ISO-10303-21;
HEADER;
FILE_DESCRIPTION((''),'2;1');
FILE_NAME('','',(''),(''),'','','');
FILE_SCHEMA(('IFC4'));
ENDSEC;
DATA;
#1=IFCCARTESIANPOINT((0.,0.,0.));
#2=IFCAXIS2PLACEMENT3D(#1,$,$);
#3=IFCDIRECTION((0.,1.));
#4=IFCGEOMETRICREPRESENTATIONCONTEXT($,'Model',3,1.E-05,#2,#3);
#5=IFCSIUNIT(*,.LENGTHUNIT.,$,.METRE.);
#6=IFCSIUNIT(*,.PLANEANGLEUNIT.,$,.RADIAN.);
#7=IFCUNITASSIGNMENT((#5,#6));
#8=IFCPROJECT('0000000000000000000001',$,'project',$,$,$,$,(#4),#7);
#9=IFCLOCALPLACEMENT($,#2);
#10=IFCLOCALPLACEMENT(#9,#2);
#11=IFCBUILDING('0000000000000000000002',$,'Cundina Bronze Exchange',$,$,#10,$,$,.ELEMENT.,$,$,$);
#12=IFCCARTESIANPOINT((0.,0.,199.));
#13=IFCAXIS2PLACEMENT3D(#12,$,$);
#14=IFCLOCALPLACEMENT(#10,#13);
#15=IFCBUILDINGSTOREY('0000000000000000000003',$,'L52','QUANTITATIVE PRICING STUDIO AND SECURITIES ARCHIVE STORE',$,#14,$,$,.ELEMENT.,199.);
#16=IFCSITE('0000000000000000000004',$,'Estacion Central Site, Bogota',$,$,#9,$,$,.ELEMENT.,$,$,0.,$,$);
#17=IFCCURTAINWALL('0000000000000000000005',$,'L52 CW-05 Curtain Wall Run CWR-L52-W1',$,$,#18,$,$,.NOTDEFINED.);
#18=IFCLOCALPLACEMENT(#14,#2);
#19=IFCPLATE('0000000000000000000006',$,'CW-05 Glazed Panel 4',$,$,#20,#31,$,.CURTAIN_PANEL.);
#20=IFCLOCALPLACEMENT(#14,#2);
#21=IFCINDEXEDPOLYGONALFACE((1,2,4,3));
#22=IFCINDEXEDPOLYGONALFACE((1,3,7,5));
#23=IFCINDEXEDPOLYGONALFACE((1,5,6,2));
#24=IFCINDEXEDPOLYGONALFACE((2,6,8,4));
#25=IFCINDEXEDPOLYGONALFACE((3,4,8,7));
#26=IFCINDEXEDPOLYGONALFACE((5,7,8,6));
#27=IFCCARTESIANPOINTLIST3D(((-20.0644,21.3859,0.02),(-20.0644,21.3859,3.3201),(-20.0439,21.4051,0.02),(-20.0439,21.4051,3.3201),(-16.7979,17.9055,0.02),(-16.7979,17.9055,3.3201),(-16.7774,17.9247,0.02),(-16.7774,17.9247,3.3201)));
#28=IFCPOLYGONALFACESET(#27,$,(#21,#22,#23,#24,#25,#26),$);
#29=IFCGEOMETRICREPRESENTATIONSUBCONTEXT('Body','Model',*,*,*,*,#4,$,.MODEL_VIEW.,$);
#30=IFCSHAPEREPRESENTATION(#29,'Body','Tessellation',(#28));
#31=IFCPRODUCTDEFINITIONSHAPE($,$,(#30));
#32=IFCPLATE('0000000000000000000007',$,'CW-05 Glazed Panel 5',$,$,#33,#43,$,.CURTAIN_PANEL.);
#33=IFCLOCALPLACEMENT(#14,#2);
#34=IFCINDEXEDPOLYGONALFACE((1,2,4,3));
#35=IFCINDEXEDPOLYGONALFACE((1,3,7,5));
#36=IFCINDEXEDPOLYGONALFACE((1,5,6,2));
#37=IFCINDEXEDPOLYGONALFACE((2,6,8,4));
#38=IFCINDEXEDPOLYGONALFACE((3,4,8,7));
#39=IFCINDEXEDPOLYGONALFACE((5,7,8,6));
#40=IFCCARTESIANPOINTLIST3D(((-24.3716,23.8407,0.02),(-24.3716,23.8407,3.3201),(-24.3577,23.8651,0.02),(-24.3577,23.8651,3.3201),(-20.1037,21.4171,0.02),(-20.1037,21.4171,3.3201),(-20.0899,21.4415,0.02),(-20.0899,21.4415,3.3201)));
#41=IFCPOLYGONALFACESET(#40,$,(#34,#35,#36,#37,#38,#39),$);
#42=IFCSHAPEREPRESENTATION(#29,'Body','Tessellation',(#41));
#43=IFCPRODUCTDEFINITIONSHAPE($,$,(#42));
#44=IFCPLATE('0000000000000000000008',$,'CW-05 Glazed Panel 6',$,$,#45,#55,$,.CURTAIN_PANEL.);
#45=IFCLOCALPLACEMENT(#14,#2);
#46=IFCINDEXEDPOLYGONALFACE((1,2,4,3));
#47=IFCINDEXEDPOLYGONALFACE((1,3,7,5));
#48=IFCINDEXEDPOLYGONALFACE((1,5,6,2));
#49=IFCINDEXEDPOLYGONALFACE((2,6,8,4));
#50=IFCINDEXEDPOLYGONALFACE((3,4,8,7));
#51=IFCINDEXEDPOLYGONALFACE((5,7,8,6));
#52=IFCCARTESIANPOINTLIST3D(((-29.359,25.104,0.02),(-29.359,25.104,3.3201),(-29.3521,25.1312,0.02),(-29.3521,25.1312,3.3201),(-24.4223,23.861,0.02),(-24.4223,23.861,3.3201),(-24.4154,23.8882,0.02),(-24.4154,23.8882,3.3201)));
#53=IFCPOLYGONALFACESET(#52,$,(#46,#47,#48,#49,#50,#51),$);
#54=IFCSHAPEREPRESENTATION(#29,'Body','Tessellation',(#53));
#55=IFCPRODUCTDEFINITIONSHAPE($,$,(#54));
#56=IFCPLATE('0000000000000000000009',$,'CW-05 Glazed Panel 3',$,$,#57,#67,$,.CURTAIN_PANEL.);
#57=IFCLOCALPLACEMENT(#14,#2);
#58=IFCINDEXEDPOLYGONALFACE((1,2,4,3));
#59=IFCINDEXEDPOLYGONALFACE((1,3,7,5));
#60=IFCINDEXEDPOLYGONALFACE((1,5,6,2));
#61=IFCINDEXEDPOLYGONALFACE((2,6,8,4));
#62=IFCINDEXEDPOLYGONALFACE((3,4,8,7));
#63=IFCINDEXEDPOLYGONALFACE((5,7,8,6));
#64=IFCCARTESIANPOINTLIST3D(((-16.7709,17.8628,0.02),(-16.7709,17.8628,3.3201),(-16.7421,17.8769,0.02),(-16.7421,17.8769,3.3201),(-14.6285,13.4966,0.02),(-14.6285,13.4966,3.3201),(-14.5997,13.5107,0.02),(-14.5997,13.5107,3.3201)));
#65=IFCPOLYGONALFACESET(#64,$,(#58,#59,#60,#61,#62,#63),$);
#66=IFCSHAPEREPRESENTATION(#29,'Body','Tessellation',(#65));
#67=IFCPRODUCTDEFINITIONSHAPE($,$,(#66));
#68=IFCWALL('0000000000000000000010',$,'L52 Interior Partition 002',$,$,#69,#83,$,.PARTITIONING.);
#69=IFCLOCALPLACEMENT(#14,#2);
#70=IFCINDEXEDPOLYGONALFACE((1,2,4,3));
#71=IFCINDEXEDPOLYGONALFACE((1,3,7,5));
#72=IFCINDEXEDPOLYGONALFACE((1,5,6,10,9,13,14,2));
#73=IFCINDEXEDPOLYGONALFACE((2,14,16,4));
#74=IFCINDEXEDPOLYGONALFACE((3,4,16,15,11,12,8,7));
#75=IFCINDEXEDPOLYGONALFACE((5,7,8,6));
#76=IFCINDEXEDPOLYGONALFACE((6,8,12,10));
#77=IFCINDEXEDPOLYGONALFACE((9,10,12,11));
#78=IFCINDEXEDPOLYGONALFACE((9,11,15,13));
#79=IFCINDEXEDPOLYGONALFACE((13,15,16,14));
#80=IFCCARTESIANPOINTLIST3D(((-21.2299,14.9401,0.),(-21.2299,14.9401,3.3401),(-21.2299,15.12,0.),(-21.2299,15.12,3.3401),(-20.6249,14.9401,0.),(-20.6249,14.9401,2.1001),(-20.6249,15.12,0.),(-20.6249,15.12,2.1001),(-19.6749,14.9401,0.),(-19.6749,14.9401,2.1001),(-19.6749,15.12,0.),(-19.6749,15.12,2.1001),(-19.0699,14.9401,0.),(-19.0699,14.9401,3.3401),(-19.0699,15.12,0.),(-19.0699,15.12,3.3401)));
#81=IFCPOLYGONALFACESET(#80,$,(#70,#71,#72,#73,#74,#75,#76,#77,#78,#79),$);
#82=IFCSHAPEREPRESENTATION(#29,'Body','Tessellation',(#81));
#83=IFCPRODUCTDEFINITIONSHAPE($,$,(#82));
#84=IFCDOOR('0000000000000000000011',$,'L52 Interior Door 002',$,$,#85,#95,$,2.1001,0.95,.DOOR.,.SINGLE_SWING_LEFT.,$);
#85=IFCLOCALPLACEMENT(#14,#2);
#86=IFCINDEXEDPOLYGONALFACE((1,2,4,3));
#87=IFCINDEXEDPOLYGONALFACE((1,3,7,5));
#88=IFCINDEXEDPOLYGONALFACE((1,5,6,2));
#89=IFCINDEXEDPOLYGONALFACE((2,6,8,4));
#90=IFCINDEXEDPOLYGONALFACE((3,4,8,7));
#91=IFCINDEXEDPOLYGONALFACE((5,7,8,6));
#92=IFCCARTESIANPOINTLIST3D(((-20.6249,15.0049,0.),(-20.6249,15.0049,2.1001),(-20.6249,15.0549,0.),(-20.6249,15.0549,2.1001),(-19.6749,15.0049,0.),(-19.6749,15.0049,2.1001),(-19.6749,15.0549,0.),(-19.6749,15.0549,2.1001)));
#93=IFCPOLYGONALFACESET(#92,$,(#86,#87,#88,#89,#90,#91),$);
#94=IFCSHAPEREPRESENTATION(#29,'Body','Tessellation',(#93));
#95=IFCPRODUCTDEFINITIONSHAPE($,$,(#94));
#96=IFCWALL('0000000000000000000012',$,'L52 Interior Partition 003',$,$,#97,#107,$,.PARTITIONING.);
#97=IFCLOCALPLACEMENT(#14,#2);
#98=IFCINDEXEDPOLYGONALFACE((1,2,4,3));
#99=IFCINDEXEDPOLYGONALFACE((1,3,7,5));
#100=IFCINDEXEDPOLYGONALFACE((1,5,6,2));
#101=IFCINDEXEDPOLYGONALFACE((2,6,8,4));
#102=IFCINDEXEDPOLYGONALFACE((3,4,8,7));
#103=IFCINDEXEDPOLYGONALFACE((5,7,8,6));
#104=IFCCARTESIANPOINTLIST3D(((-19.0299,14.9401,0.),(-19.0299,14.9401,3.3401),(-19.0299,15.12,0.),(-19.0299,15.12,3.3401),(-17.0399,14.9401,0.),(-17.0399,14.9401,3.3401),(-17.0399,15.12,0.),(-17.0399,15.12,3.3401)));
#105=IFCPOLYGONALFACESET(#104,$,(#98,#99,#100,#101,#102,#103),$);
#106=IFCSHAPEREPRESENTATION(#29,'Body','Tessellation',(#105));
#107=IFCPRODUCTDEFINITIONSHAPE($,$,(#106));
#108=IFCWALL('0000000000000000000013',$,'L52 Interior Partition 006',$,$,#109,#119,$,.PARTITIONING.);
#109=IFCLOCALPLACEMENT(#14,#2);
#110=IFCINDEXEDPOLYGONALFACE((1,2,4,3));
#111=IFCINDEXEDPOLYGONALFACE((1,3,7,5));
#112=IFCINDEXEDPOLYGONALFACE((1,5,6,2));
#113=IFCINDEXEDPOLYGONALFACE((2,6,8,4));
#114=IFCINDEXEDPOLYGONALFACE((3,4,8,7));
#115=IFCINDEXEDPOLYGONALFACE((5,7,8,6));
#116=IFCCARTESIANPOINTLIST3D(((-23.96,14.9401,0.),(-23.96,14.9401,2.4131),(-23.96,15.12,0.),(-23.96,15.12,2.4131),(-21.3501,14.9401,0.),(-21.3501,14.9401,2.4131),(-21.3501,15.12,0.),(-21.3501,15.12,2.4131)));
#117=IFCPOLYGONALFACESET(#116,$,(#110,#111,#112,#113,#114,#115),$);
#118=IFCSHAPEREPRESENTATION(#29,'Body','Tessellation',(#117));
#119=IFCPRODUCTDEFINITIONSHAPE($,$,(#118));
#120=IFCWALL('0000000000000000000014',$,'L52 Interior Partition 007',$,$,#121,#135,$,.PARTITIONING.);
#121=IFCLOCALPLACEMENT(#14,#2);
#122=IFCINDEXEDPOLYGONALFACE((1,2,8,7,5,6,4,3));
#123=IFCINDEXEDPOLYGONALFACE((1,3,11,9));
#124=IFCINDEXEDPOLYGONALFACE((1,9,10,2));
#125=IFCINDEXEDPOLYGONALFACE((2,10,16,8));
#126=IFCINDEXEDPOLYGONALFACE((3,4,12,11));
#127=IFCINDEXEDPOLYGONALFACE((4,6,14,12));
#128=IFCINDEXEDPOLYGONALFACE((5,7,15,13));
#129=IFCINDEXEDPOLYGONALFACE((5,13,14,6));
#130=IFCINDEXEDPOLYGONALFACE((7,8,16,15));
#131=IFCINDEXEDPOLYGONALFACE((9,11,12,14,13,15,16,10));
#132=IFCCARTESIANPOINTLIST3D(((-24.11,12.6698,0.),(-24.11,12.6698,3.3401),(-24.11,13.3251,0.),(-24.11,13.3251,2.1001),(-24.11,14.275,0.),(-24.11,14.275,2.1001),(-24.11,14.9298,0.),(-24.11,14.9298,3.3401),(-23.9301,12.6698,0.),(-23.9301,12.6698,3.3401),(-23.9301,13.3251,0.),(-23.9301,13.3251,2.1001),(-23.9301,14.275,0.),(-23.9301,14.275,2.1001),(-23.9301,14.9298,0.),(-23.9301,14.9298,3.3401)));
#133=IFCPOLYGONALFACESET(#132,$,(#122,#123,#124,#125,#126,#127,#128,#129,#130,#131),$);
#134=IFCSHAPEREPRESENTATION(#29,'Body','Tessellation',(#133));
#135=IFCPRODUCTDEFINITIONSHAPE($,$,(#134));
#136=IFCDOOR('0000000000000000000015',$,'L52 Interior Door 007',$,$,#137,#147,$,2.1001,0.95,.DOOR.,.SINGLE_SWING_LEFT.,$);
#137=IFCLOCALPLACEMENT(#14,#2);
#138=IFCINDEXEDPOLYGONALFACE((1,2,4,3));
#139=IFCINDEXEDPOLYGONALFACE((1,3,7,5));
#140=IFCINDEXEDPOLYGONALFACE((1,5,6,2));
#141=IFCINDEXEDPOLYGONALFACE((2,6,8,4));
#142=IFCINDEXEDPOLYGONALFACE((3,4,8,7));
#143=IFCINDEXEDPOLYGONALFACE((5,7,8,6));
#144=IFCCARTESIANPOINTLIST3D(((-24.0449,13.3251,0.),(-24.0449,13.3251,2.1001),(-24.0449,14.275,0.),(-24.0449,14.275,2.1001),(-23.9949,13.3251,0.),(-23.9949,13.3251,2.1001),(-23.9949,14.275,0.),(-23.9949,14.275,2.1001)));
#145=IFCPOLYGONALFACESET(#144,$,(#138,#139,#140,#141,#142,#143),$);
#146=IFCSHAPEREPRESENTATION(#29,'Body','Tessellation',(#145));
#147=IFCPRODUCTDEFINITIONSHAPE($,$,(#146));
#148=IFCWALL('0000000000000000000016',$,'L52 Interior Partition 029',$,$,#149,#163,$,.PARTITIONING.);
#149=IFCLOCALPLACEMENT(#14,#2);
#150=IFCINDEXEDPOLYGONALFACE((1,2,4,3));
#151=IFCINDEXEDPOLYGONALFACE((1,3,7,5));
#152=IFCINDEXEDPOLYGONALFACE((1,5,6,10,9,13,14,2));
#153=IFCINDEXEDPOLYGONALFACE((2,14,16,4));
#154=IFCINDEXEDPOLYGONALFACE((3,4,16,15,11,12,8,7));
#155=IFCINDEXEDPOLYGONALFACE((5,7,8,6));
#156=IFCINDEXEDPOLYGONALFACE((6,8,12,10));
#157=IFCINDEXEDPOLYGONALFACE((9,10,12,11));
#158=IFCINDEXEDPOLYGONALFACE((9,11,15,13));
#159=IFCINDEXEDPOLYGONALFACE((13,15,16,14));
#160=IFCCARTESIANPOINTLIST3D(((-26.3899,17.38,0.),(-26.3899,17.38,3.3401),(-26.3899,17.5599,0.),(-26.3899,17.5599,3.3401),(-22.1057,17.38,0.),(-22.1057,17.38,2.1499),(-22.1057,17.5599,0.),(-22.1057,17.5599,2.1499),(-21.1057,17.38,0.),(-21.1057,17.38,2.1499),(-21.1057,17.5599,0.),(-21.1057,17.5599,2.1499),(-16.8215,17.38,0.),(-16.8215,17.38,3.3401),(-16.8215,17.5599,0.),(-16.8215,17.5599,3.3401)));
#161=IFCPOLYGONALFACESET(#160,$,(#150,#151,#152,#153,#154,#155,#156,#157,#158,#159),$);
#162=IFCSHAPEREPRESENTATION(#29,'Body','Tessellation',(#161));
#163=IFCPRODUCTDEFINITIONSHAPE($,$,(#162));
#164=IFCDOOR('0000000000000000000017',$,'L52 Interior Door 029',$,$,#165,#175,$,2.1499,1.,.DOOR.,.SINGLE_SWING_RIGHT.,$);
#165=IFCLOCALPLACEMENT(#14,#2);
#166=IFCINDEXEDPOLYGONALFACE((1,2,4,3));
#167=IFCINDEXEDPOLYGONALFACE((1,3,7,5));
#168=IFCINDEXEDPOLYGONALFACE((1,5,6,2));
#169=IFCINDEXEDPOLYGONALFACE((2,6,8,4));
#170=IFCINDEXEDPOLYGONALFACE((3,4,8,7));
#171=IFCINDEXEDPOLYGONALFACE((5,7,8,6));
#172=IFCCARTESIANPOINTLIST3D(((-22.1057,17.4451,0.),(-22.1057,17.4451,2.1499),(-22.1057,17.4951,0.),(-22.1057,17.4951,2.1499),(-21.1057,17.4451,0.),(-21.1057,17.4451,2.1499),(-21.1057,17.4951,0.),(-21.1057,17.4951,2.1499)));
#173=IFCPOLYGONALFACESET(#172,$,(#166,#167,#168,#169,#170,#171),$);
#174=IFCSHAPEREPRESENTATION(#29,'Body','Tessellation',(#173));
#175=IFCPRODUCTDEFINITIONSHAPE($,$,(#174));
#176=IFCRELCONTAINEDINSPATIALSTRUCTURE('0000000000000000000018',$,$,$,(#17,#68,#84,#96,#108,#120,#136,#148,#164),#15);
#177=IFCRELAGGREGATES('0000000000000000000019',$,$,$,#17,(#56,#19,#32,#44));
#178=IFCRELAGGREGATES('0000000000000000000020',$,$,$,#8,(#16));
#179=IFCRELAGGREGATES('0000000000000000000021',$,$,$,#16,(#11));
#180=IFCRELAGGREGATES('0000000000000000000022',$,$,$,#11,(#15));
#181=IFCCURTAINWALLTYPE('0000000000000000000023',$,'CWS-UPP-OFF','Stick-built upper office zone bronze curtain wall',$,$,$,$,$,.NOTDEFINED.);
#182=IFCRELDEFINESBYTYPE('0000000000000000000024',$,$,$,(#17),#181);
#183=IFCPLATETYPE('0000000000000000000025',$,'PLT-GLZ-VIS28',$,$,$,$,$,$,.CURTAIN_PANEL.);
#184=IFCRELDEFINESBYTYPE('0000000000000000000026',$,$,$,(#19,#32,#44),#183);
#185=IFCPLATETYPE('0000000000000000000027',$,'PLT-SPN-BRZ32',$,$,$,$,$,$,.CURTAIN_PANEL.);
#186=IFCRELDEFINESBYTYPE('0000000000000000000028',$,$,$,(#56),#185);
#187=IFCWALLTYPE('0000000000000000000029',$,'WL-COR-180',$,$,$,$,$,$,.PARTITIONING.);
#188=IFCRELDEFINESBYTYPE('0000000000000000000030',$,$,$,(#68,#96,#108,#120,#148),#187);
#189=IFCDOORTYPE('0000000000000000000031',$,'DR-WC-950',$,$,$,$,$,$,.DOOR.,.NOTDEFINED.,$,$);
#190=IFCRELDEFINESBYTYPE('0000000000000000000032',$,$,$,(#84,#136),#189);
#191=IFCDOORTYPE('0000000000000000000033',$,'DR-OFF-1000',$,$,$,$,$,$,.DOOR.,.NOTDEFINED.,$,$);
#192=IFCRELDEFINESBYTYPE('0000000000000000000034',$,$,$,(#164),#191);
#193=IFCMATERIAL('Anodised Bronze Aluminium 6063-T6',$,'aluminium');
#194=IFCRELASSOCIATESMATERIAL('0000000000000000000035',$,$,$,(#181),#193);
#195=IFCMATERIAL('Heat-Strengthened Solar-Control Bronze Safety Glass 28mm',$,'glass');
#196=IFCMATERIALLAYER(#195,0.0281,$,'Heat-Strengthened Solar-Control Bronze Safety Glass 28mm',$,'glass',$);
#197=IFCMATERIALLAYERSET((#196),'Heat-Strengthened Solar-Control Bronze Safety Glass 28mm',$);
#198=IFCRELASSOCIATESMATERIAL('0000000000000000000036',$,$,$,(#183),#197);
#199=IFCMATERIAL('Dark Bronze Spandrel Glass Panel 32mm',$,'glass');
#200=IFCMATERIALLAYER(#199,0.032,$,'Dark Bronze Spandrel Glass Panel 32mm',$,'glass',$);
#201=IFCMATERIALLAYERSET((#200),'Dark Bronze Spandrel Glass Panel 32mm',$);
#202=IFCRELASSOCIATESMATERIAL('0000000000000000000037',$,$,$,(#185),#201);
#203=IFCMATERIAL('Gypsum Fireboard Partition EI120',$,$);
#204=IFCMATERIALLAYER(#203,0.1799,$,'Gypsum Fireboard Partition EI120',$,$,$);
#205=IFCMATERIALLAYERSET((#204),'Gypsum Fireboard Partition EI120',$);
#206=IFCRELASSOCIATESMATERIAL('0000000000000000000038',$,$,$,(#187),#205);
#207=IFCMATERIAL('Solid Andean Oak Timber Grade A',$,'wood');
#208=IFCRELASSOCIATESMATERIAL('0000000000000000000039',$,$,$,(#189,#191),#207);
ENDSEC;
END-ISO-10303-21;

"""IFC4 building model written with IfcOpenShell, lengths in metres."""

from ifc_helpers import new_model, si_unit, direction, frame, frame_2d, origin, origin_2d, place, context, subcontext, project, spatial, rectangle, extrude, material, layer, layer_set, type_object, element, fill, aggregate, save


model = new_model("IFC4")

# Units and contexts
model_context = context("Model", 3, precision=1e-05, world=origin(), true_north=direction((0.0, 1.0)))
body_context = subcontext(model_context, "Body", "Model", "MODEL_VIEW")
ifc_project = project(units=[si_unit("LENGTHUNIT", "METRE"), si_unit("PLANEANGLEUNIT", "RADIAN")], contexts=[model_context])

# Site, building, storey
site_placement = place(None, origin())
site = spatial("IfcSite", under=ifc_project, at=site_placement, Name="Estacion Central Site, Bogota", CompositionType="ELEMENT", RefElevation=0.0)
building_placement = place(site_placement, origin())
building = spatial("IfcBuilding", under=site, at=building_placement, Name="Cundina Bronze Exchange", CompositionType="ELEMENT")
storey_placement = place(building_placement, frame((0.0, 0.0, 199.0)))
storey = spatial("IfcBuildingStorey", under=building, at=storey_placement, Name="L52", Description="QUANTITATIVE PRICING STUDIO AND SECURITIES ARCHIVE STORE", CompositionType="ELEMENT", Elevation=199.0)

# Curtain wall, plates
ifc_material_1 = material(Name="Anodised Bronze Aluminium 6063-T6", Category="aluminium")
curtain_wall_type = type_object("IfcCurtainWallType", Name="CWS-UPP-OFF", Description="Stick-built upper office zone bronze curtain wall", PredefinedType="NOTDEFINED", material=ifc_material_1)
curtain_wall_placement = place(storey_placement, origin())
curtain_wall = element("IfcCurtainWall", 1, at=curtain_wall_placement, inside=storey, type_object=curtain_wall_type, Name="L52 CW-05 Curtain Wall Run CWR-L52-W1", PredefinedType="NOTDEFINED")
ifc_material_2 = material(Name="Heat-Strengthened Solar-Control Bronze Safety Glass 28mm", Category="glass")
ifc_layer_1 = layer(ifc_material_2, 0.0281, Name="Heat-Strengthened Solar-Control Bronze Safety Glass 28mm", Category="glass")
ifc_layer_set_1 = layer_set([ifc_layer_1], Name="Heat-Strengthened Solar-Control Bronze Safety Glass 28mm")
plate_type_1 = type_object("IfcPlateType", Name="PLT-GLZ-VIS28", PredefinedType="CURTAIN_PANEL", material=ifc_layer_set_1)
plate_1_placement = place(storey_placement, frame((-18.4209, 19.6553, 0.02), z_axis=(0.0, 0.0, 1.0), x_axis=(-0.684344, 0.72916, 0.0)))
plate_1 = element("IfcPlate", 2, at=plate_1_placement, type_object=plate_type_1, Name="CW-05 Glazed Panel 4", PredefinedType="CURTAIN_PANEL", context=body_context, shape_type="SweptSolid", body=[
    extrude(rectangle(XDim=4.7732, YDim=0.0281, at=origin_2d()), origin(), (0.0, 0.0, 1.0), 3.3),
])
plate_2_placement = place(storey_placement, frame((-22.2307, 22.6411, 0.02), z_axis=(0.0, 0.0, 1.0), x_axis=(-0.869573, 0.493805, 0.0)))
plate_2 = element("IfcPlate", 3, at=plate_2_placement, type_object=plate_type_1, Name="CW-05 Glazed Panel 5", PredefinedType="CURTAIN_PANEL", context=body_context, shape_type="SweptSolid", body=[
    extrude(rectangle(XDim=4.908, YDim=0.0281, at=origin_2d()), origin(), (0.0, 0.0, 1.0), 3.3),
])
plate_3_placement = place(storey_placement, frame((-26.8872, 24.4961, 0.02), z_axis=(0.0, 0.0, 1.0), x_axis=(-0.969732, 0.244174, 0.0)))
plate_3 = element("IfcPlate", 4, at=plate_3_placement, type_object=plate_type_1, Name="CW-05 Glazed Panel 6", PredefinedType="CURTAIN_PANEL", context=body_context, shape_type="SweptSolid", body=[
    extrude(rectangle(XDim=5.0908, YDim=0.0281, at=origin_2d()), origin(), (0.0, 0.0, 1.0), 3.3),
])
ifc_material_3 = material(Name="Dark Bronze Spandrel Glass Panel 32mm", Category="glass")
ifc_layer_2 = layer(ifc_material_3, 0.032, Name="Dark Bronze Spandrel Glass Panel 32mm", Category="glass")
ifc_layer_set_2 = layer_set([ifc_layer_2], Name="Dark Bronze Spandrel Glass Panel 32mm")
plate_type_2 = type_object("IfcPlateType", Name="PLT-SPN-BRZ32", PredefinedType="CURTAIN_PANEL", material=ifc_layer_set_2)
plate_4_placement = place(storey_placement, frame((-15.6853, 15.6868, 0.02), z_axis=(0.0, 0.0, 1.0), x_axis=(-0.440503, 0.897751, 0.0)))
plate_4 = element("IfcPlate", 5, at=plate_4_placement, type_object=plate_type_2, Name="CW-05 Glazed Panel 3", PredefinedType="CURTAIN_PANEL", context=body_context, shape_type="SweptSolid", body=[
    extrude(rectangle(XDim=4.8635, YDim=0.032, at=origin_2d()), origin(), (0.0, 0.0, 1.0), 3.3),
])
aggregate(curtain_wall, [plate_4, plate_1, plate_2, plate_3])

# Wall, opening, door
ifc_material_4 = material(Name="Gypsum Fireboard Partition EI120")
ifc_layer_3 = layer(ifc_material_4, 0.1799, Name="Gypsum Fireboard Partition EI120")
ifc_layer_set_3 = layer_set([ifc_layer_3], Name="Gypsum Fireboard Partition EI120")
wall_type_1 = type_object("IfcWallType", Name="WL-COR-180", PredefinedType="PARTITIONING", material=ifc_layer_set_3)
wall_1_placement = place(storey_placement, frame((-21.23, 15.03, 0.0), z_axis=(0.0, 0.0, 1.0), x_axis=(1.0, 0.0, 0.0)))
wall_1 = element("IfcWall", 6, at=wall_1_placement, inside=storey, type_object=wall_type_1, Name="L52 Interior Partition 002", PredefinedType="PARTITIONING", context=body_context, shape_type="SweptSolid", body=[
    extrude(rectangle(XDim=2.1599, YDim=0.1799, at=frame_2d((1.0801, 0.0))), origin(), (0.0, 0.0, 1.0), 3.3401),
])
opening_1_placement = place(wall_1_placement, frame((0.605, 0.0, 0.0)))
opening_1 = element("IfcOpeningElement", 7, at=opening_1_placement, cuts=wall_1, PredefinedType="OPENING", context=body_context, shape_type="SweptSolid", body=[
    extrude(rectangle(XDim=0.95, YDim=2.1001, at=frame_2d((0.4751, 1.05))), frame((0.0, 0.0999, 0.0), z_axis=(0.0, -1.0, 0.0), x_axis=(1.0, 0.0, 0.0)), (0.0, 0.0, 1.0), 0.2),
])
ifc_material_5 = material(Name="Solid Andean Oak Timber Grade A", Category="wood")
door_type_1 = type_object("IfcDoorType", Name="DR-WC-950", OperationType="NOTDEFINED", PredefinedType="DOOR", material=ifc_material_5)
door_1_placement = place(opening_1_placement, origin())
door_1 = element("IfcDoor", 8, at=door_1_placement, inside=storey, type_object=door_type_1, Name="L52 Interior Door 002", OperationType="SINGLE_SWING_LEFT", OverallHeight=2.1001, OverallWidth=0.95, PredefinedType="DOOR", context=body_context, shape_type="SweptSolid", body=[
    extrude(rectangle(XDim=0.95, YDim=2.1001, at=frame_2d((0.4751, 1.05))), frame((0.0, 0.0249, 0.0), z_axis=(0.0, -1.0, 0.0), x_axis=(1.0, 0.0, 0.0)), (0.0, 0.0, 1.0), 0.05),
])
fill(opening_1, door_1)

# Walls
wall_2_placement = place(storey_placement, frame((-19.03, 15.03, 0.0), z_axis=(0.0, 0.0, 1.0), x_axis=(1.0, 0.0, 0.0)))
element("IfcWall", 9, at=wall_2_placement, inside=storey, type_object=wall_type_1, Name="L52 Interior Partition 003", PredefinedType="PARTITIONING", context=body_context, shape_type="SweptSolid", body=[
    extrude(rectangle(XDim=1.99, YDim=0.1799, at=frame_2d((0.9951, 0.0))), origin(), (0.0, 0.0, 1.0), 3.3401),
])
wall_3_placement = place(storey_placement, frame((-23.96, 15.03, 0.0), z_axis=(0.0, 0.0, 1.0), x_axis=(1.0, 0.0, 0.0)))
element("IfcWall", 10, at=wall_3_placement, inside=storey, type_object=wall_type_1, Name="L52 Interior Partition 006", PredefinedType="PARTITIONING", context=body_context, shape_type="SweptSolid", body=[
    extrude(rectangle(XDim=2.6099, YDim=0.1799, at=frame_2d((1.3049, 0.0))), origin(), (0.0, 0.0, 1.0), 2.4131),
])

# Walls, openings, doors
wall_4_placement = place(storey_placement, frame((-24.02, 12.6699, 0.0), z_axis=(0.0, 0.0, 1.0), x_axis=(0.0, 1.0, 0.0)))
wall_4 = element("IfcWall", 11, at=wall_4_placement, inside=storey, type_object=wall_type_1, Name="L52 Interior Partition 007", PredefinedType="PARTITIONING", context=body_context, shape_type="SweptSolid", body=[
    extrude(rectangle(XDim=2.26, YDim=0.1799, at=frame_2d((1.1299, 0.0))), origin(), (0.0, 0.0, 1.0), 3.3401),
])
opening_2_placement = place(wall_4_placement, frame((0.655, 0.0, 0.0)))
opening_2 = element("IfcOpeningElement", 12, at=opening_2_placement, cuts=wall_4, PredefinedType="OPENING", context=body_context, shape_type="SweptSolid", body=[
    extrude(rectangle(XDim=0.95, YDim=2.1001, at=frame_2d((0.4751, 1.05))), frame((0.0, 0.0999, 0.0), z_axis=(0.0, -1.0, 0.0), x_axis=(1.0, 0.0, 0.0)), (0.0, 0.0, 1.0), 0.2),
])
door_2_placement = place(opening_2_placement, origin())
door_2 = element("IfcDoor", 13, at=door_2_placement, inside=storey, type_object=door_type_1, Name="L52 Interior Door 007", OperationType="SINGLE_SWING_LEFT", OverallHeight=2.1001, OverallWidth=0.95, PredefinedType="DOOR", context=body_context, shape_type="SweptSolid", body=[
    extrude(rectangle(XDim=0.95, YDim=2.1001, at=frame_2d((0.4751, 1.05))), frame((0.0, 0.0249, 0.0), z_axis=(0.0, -1.0, 0.0), x_axis=(1.0, 0.0, 0.0)), (0.0, 0.0, 1.0), 0.05),
])
fill(opening_2, door_2)
wall_5_placement = place(storey_placement, frame((-16.8215, 17.47, 0.0), z_axis=(0.0, 0.0, 1.0), x_axis=(-1.0, 0.0, 0.0)))
wall_5 = element("IfcWall", 14, at=wall_5_placement, inside=storey, type_object=wall_type_1, Name="L52 Interior Partition 029", PredefinedType="PARTITIONING", context=body_context, shape_type="SweptSolid", body=[
    extrude(rectangle(XDim=9.5684, YDim=0.1799, at=frame_2d((4.7842, 0.0))), origin(), (0.0, 0.0, 1.0), 3.3401),
])
opening_3_placement = place(wall_5_placement, frame((4.2842, 0.0, 0.0)))
opening_3 = element("IfcOpeningElement", 15, at=opening_3_placement, cuts=wall_5, PredefinedType="OPENING", context=body_context, shape_type="SweptSolid", body=[
    extrude(rectangle(XDim=1.0, YDim=2.1499, at=frame_2d((0.5, 1.075))), frame((0.0, 0.0999, 0.0), z_axis=(0.0, -1.0, 0.0), x_axis=(1.0, 0.0, 0.0)), (0.0, 0.0, 1.0), 0.2),
])
door_type_2 = type_object("IfcDoorType", Name="DR-OFF-1000", OperationType="NOTDEFINED", PredefinedType="DOOR", material=ifc_material_5)
door_3_placement = place(opening_3_placement, origin())
door_3 = element("IfcDoor", 16, at=door_3_placement, inside=storey, type_object=door_type_2, Name="L52 Interior Door 029", OperationType="SINGLE_SWING_RIGHT", OverallHeight=2.1499, OverallWidth=1.0, PredefinedType="DOOR", context=body_context, shape_type="SweptSolid", body=[
    extrude(rectangle(XDim=1.0, YDim=2.1499, at=frame_2d((0.5, 1.075))), frame((0.0, 0.0249, 0.0), z_axis=(0.0, -1.0, 0.0), x_axis=(1.0, 0.0, 0.0)), (0.0, 0.0, 1.0), 0.05),
])
fill(opening_3, door_3)

save(model, "model.ifc")
